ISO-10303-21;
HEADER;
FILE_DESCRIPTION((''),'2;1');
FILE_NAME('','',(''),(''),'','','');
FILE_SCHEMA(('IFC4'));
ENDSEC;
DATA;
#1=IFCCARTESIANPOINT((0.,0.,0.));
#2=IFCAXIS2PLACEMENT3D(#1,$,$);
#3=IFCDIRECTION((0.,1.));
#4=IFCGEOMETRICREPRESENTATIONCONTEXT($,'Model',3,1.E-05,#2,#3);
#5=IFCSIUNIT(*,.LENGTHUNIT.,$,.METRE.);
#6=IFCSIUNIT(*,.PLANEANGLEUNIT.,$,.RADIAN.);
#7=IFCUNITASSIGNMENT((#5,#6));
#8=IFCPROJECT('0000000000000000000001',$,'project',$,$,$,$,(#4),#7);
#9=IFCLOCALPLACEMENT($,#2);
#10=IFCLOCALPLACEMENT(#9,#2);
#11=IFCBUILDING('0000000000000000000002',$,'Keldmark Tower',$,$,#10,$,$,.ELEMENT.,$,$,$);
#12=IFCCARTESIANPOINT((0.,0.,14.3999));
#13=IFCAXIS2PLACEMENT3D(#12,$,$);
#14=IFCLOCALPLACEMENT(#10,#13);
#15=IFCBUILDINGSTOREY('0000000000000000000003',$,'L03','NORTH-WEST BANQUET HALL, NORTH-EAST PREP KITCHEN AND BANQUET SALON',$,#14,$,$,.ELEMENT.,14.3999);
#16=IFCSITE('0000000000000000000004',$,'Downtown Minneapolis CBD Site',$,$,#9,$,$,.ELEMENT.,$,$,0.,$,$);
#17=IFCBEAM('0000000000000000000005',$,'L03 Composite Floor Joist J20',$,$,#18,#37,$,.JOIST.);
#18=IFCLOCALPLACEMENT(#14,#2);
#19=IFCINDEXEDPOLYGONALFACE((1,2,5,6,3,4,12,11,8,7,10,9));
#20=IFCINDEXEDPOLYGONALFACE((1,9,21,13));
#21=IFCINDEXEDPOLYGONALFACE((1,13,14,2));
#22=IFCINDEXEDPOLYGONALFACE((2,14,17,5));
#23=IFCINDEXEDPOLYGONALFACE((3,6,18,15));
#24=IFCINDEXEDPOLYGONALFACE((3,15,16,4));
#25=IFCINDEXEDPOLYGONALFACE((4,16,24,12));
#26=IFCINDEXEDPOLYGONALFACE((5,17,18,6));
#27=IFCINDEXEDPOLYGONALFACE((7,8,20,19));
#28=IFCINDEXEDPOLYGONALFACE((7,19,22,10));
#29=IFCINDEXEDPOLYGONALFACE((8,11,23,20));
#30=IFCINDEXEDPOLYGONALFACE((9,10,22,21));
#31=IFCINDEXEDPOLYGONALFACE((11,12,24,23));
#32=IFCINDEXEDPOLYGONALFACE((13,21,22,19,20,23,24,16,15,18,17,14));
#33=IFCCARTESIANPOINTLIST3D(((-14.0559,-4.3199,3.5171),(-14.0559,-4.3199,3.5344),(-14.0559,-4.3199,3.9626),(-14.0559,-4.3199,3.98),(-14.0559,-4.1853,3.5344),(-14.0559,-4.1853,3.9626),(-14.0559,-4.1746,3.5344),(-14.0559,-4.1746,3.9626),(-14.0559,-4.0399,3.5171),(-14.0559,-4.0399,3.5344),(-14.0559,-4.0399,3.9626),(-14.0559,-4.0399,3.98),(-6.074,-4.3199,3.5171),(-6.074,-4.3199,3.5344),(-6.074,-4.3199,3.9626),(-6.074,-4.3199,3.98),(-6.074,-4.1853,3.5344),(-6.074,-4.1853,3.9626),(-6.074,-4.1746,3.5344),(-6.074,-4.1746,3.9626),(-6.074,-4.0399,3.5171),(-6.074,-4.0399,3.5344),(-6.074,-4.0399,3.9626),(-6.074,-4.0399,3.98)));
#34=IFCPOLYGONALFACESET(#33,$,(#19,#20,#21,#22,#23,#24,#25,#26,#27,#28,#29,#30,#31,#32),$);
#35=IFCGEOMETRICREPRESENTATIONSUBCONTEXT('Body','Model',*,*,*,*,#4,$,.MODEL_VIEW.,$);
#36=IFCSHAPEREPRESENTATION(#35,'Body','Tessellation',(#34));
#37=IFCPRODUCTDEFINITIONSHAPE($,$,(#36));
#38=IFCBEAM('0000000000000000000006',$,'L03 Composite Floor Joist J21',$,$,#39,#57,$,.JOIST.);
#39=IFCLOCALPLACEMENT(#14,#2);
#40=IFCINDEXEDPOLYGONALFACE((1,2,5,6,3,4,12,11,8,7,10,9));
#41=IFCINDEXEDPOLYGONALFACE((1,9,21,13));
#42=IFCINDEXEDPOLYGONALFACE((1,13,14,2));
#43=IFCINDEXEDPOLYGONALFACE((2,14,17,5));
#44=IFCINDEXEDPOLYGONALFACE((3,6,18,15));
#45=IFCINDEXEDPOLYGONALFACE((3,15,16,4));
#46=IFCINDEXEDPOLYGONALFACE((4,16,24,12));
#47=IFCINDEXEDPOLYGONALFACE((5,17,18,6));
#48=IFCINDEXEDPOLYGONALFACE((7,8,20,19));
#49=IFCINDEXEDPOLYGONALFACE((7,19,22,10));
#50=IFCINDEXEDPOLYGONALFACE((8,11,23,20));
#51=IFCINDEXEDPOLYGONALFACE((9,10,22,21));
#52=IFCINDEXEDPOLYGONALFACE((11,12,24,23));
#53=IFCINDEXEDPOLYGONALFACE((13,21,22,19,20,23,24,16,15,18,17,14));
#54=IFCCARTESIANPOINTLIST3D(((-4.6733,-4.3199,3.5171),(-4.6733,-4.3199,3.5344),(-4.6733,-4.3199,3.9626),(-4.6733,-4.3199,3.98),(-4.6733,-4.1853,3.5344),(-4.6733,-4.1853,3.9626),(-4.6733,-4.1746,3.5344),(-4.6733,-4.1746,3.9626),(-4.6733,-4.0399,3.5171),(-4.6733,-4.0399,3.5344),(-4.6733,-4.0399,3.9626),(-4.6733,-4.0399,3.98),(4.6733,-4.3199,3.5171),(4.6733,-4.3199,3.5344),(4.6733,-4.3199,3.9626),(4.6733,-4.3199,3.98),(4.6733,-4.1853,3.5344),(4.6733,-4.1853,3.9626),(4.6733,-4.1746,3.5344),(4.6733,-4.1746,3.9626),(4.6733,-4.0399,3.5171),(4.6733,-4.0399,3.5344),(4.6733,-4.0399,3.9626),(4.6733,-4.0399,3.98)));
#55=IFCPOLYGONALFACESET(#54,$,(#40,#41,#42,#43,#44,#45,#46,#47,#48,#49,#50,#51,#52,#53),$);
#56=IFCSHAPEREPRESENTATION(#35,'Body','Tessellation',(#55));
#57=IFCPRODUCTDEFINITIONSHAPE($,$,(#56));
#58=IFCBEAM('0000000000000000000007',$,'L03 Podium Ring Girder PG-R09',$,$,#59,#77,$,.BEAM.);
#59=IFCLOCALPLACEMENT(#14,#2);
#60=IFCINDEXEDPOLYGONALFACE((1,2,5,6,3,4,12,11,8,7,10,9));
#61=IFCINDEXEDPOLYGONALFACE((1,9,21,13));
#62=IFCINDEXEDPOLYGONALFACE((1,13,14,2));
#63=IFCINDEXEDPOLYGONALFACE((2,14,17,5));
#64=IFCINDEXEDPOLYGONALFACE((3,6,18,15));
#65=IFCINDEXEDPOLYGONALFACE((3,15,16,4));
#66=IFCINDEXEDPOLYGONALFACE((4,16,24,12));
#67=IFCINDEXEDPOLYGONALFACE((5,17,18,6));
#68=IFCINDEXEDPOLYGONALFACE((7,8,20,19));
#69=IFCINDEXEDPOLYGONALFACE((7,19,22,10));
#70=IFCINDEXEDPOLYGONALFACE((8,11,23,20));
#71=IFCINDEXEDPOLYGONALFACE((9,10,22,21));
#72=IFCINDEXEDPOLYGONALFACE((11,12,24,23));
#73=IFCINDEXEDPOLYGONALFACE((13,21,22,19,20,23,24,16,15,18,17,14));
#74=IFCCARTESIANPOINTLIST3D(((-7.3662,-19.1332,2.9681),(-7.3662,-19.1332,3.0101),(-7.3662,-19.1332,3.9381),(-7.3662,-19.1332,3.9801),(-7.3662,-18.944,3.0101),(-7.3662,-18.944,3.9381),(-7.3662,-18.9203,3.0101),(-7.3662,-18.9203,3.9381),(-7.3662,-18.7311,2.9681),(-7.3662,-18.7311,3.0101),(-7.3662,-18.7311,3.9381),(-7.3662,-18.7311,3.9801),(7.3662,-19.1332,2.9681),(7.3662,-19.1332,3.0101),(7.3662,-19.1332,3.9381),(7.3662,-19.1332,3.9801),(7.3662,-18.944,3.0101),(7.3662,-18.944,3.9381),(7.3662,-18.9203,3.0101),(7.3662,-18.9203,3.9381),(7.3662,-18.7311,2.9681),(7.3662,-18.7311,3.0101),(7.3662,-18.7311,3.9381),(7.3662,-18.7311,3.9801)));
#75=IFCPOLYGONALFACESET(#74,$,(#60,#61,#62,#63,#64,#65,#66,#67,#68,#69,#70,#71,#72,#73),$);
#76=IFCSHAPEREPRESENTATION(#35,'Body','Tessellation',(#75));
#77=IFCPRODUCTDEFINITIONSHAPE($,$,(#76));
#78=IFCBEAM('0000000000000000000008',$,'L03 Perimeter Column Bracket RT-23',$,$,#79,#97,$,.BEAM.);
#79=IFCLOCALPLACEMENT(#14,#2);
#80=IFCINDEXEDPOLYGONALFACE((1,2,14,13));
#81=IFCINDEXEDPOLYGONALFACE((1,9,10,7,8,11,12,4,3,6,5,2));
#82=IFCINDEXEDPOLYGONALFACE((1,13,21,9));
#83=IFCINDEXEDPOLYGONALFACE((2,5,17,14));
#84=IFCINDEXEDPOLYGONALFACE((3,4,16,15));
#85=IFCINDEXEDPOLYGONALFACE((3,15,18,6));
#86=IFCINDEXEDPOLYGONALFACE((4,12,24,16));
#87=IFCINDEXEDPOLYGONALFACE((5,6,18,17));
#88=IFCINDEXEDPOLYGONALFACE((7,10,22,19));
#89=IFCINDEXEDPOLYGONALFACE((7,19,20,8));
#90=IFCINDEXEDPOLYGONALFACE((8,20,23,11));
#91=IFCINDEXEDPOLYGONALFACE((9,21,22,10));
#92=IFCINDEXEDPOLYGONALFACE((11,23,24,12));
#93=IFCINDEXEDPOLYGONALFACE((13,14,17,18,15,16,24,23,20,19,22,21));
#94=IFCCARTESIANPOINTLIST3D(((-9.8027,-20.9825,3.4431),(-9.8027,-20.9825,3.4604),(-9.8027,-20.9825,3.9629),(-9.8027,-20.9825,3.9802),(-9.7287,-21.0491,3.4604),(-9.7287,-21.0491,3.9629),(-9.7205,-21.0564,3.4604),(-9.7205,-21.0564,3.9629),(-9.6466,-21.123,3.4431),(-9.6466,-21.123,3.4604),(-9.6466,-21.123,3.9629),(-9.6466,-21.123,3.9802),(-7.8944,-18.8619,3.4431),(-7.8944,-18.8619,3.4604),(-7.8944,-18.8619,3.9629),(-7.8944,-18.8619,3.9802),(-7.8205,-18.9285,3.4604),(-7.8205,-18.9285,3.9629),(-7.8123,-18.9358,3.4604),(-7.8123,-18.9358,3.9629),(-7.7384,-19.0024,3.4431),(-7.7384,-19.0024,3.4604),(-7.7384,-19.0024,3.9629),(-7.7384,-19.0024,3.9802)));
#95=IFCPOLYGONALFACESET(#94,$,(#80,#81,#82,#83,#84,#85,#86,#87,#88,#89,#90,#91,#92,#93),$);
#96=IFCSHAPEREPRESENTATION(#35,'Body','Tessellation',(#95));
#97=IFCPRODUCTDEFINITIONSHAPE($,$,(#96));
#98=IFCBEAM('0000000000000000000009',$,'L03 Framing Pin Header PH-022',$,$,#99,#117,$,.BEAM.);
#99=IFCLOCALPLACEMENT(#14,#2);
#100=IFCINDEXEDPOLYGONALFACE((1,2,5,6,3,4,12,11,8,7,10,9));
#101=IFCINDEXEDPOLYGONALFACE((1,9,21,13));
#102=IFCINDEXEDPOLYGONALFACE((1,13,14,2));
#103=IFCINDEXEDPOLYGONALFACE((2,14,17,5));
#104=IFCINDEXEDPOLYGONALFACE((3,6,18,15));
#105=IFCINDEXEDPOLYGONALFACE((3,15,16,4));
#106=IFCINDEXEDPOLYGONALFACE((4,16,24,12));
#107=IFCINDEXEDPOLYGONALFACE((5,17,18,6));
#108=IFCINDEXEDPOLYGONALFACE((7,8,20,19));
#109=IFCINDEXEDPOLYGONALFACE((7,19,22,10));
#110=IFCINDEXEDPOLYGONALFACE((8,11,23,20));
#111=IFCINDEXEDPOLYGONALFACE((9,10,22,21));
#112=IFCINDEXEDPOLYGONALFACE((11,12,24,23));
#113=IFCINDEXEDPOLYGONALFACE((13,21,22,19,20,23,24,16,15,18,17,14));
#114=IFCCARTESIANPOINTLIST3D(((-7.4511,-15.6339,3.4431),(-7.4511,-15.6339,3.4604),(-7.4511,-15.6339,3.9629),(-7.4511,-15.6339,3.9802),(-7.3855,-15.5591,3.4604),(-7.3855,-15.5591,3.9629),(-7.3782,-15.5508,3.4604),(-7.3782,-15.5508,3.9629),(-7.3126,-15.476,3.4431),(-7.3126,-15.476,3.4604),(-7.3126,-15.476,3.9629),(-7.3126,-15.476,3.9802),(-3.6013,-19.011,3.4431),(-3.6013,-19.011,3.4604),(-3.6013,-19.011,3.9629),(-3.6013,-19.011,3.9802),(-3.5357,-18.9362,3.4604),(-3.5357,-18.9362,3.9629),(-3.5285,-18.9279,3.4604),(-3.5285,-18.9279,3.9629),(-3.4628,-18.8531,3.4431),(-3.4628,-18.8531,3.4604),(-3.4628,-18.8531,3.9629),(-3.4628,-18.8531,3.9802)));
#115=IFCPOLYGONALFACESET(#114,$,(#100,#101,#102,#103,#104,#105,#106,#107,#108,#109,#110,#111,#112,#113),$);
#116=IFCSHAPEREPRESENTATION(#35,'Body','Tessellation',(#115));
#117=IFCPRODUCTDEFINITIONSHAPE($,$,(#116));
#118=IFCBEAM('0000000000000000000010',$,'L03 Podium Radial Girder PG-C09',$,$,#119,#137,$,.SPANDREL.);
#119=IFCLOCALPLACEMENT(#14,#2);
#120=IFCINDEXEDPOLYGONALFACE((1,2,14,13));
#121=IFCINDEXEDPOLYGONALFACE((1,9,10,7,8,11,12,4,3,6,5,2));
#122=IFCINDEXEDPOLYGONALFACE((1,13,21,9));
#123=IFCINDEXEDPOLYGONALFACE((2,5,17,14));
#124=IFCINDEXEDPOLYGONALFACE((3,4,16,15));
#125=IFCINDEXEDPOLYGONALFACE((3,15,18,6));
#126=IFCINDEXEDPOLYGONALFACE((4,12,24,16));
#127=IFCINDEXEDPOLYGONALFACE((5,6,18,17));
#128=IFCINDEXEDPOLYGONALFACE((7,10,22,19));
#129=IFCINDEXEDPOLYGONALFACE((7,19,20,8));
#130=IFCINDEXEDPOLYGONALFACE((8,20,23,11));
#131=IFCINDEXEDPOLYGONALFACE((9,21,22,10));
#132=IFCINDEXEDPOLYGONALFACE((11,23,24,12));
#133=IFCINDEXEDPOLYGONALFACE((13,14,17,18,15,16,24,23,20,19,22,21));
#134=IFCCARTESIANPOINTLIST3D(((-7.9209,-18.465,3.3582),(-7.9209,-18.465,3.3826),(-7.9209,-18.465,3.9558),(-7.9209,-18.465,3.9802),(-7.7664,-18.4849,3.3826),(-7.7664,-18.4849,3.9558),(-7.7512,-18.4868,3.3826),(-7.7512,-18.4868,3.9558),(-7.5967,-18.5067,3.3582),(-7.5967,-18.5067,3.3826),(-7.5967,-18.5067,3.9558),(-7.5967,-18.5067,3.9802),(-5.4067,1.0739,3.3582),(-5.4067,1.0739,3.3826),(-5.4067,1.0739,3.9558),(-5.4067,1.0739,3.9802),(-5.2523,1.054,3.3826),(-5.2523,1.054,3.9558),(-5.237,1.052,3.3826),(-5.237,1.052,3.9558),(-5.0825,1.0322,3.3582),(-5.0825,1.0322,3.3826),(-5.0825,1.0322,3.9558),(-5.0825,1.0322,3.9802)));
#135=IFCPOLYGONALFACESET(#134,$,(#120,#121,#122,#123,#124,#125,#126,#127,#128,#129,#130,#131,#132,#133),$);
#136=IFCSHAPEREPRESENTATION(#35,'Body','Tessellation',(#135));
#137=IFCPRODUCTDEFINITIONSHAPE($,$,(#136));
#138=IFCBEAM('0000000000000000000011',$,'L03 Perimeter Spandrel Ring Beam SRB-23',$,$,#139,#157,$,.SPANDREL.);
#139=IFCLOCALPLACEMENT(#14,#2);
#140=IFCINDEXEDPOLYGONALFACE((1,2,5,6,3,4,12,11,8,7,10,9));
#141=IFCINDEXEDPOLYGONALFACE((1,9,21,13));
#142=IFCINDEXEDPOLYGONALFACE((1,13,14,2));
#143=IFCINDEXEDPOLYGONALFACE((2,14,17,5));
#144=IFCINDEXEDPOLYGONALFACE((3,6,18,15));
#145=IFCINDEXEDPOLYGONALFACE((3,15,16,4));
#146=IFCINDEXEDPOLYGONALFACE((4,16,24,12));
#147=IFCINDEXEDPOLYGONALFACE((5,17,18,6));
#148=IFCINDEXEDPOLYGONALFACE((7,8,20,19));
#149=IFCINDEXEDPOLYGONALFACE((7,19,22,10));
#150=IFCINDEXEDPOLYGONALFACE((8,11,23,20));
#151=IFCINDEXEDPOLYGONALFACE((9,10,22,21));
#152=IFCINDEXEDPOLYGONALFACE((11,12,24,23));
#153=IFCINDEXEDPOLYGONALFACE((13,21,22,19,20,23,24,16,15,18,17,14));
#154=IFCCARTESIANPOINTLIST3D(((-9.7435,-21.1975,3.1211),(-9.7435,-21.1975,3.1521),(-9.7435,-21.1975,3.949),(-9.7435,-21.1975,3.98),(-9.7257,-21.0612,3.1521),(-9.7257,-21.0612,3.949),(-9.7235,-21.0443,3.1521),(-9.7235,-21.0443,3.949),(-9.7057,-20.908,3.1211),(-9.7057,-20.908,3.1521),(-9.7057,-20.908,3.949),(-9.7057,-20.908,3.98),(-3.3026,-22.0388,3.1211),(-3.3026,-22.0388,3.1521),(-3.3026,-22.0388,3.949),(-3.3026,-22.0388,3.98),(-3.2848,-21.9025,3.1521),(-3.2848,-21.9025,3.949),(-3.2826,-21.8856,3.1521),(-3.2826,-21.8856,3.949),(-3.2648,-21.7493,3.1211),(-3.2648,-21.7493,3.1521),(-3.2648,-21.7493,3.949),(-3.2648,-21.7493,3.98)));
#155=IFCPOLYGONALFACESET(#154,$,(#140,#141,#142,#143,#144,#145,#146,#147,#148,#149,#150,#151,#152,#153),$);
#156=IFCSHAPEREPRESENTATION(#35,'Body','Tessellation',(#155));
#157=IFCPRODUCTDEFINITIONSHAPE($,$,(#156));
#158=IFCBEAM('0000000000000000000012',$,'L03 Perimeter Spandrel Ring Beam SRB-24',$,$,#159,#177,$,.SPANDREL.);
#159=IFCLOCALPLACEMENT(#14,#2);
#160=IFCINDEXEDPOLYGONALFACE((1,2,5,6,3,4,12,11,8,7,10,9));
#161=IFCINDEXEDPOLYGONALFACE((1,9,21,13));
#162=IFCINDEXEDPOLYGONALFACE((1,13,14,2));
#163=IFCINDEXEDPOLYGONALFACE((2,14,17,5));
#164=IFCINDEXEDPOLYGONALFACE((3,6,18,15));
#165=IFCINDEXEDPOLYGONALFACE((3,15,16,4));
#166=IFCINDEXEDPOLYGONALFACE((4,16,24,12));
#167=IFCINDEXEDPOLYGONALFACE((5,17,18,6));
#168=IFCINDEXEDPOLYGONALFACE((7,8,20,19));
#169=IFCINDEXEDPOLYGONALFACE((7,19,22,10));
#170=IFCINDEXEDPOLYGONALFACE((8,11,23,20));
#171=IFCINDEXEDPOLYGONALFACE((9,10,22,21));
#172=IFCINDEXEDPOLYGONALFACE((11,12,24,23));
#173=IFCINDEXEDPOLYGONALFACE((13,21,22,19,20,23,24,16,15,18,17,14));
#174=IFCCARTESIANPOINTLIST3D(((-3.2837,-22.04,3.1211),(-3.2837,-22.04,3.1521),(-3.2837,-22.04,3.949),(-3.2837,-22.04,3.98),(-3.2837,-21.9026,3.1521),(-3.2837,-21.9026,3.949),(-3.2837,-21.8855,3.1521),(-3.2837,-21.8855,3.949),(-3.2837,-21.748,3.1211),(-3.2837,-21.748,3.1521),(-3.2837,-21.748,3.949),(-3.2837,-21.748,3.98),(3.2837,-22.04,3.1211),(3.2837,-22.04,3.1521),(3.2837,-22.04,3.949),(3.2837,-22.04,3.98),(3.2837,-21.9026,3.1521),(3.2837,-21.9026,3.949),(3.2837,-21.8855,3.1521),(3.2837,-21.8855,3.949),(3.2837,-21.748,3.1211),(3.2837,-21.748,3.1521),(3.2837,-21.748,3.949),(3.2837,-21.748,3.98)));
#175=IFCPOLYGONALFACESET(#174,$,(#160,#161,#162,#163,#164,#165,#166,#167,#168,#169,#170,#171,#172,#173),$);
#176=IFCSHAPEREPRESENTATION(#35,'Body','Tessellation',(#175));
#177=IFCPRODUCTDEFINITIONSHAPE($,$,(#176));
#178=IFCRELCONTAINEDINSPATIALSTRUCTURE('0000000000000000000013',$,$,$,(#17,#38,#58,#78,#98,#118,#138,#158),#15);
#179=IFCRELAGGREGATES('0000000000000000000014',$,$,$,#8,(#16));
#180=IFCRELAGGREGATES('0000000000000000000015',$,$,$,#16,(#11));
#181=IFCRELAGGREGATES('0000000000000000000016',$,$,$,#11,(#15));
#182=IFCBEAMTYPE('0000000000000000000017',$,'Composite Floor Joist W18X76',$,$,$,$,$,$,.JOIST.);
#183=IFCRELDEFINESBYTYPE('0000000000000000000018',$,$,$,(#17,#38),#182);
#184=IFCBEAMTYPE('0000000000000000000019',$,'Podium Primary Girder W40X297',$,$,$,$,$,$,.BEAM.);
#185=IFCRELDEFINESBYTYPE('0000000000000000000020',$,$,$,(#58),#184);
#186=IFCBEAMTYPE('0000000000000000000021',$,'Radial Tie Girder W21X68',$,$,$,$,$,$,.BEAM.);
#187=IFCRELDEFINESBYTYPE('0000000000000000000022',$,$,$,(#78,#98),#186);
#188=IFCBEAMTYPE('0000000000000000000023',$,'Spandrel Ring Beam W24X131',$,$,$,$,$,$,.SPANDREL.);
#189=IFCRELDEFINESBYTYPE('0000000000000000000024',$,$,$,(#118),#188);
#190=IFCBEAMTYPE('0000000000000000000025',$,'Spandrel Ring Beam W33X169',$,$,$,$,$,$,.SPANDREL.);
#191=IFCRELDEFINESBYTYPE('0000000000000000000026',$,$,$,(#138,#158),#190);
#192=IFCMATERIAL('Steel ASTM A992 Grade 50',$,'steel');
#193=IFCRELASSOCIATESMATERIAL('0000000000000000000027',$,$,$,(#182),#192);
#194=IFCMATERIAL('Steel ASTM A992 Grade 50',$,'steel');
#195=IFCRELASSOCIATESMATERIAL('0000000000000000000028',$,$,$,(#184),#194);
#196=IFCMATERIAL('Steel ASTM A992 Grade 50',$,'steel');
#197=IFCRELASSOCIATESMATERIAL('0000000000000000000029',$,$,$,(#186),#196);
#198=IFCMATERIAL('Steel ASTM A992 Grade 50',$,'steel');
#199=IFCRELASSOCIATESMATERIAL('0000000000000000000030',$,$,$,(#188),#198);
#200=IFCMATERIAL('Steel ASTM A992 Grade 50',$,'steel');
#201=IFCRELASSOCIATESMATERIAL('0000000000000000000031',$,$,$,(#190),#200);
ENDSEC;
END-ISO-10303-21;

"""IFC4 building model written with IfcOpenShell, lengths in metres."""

from ifc_helpers import new_model, si_unit, direction, frame, origin, origin_2d, place, context, subcontext, project, spatial, i_section, extrude, material, material_profile, profile_set, type_object, element, save


model = new_model("IFC4")

# Units and contexts
model_context = context("Model", 3, precision=1e-05, world=origin(), true_north=direction((0.0, 1.0)))
body_context = subcontext(model_context, "Body", "Model", "MODEL_VIEW")
ifc_project = project(units=[si_unit("LENGTHUNIT", "METRE"), si_unit("PLANEANGLEUNIT", "RADIAN")], contexts=[model_context])

# Site, building, storey
site_placement = place(None, origin())
site = spatial("IfcSite", under=ifc_project, at=site_placement, Name="Downtown Minneapolis CBD Site", CompositionType="ELEMENT", RefElevation=0.0)
building_placement = place(site_placement, origin())
building = spatial("IfcBuilding", under=site, at=building_placement, Name="Keldmark Tower", CompositionType="ELEMENT")
storey_placement = place(building_placement, frame((0.0, 0.0, 14.3999)))
storey = spatial("IfcBuildingStorey", under=building, at=storey_placement, Name="L03", Description="NORTH-WEST BANQUET HALL, NORTH-EAST PREP KITCHEN AND BANQUET SALON", CompositionType="ELEMENT", Elevation=14.3999)

# Beams
ifc_material_1 = material(Name="Steel ASTM A992 Grade 50", Category="steel")
ifc_material_profile_1 = material_profile(ifc_material_1, i_section(OverallWidth=0.28, OverallDepth=0.4629, WebThickness=0.0107, FlangeThickness=0.0173, at=origin_2d()), Name="W18X76")
ifc_profile_set_1 = profile_set([ifc_material_profile_1], Name="Steel ASTM A992 Grade 50")
beam_type_1 = type_object("IfcBeamType", Name="Composite Floor Joist W18X76", PredefinedType="JOIST", material=ifc_profile_set_1)
beam_1_placement = place(storey_placement, frame((-14.0559, -4.1799, 3.7485), z_axis=(1.0, 0.0, 0.0), x_axis=(0.0, 1.0, 0.0)))
element("IfcBeam", 1, at=beam_1_placement, inside=storey, type_object=beam_type_1, Name="L03 Composite Floor Joist J20", PredefinedType="JOIST", context=body_context, shape_type="SweptSolid", body=[
    extrude(i_section(OverallWidth=0.28, OverallDepth=0.4629, WebThickness=0.0107, FlangeThickness=0.0173, at=origin_2d()), origin(), (0.0, 0.0, 1.0), 7.9819),
])
beam_2_placement = place(storey_placement, frame((-4.6733, -4.1799, 3.7485), z_axis=(1.0, 0.0, 0.0), x_axis=(0.0, 1.0, 0.0)))
element("IfcBeam", 2, at=beam_2_placement, inside=storey, type_object=beam_type_1, Name="L03 Composite Floor Joist J21", PredefinedType="JOIST", context=body_context, shape_type="SweptSolid", body=[
    extrude(i_section(OverallWidth=0.28, OverallDepth=0.4629, WebThickness=0.0107, FlangeThickness=0.0173, at=origin_2d()), origin(), (0.0, 0.0, 1.0), 9.3467),
])
ifc_material_2 = material(Name="Steel ASTM A992 Grade 50", Category="steel")
ifc_material_profile_2 = material_profile(ifc_material_2, i_section(OverallWidth=0.4021, OverallDepth=1.012, WebThickness=0.0237, FlangeThickness=0.042, at=origin_2d()), Name="W40X297")
ifc_profile_set_2 = profile_set([ifc_material_profile_2], Name="Steel ASTM A992 Grade 50")
beam_type_2 = type_object("IfcBeamType", Name="Podium Primary Girder W40X297", PredefinedType="BEAM", material=ifc_profile_set_2)
beam_3_placement = place(storey_placement, frame((-7.3662, -18.9321, 3.4741), z_axis=(1.0, 0.0, 0.0), x_axis=(0.0, 1.0, 0.0)))
element("IfcBeam", 3, at=beam_3_placement, inside=storey, type_object=beam_type_2, Name="L03 Podium Ring Girder PG-R09", PredefinedType="BEAM", context=body_context, shape_type="SweptSolid", body=[
    extrude(i_section(OverallWidth=0.4021, OverallDepth=1.012, WebThickness=0.0237, FlangeThickness=0.042, at=origin_2d()), origin(), (0.0, 0.0, 1.0), 14.7324),
])
ifc_material_3 = material(Name="Steel ASTM A992 Grade 50", Category="steel")
ifc_material_profile_3 = material_profile(ifc_material_3, i_section(OverallWidth=0.21, OverallDepth=0.5371, WebThickness=0.011, FlangeThickness=0.0173, at=origin_2d()), Name="W21X68")
ifc_profile_set_3 = profile_set([ifc_material_profile_3], Name="Steel ASTM A992 Grade 50")
beam_type_3 = type_object("IfcBeamType", Name="Radial Tie Girder W21X68", PredefinedType="BEAM", material=ifc_profile_set_3)
beam_4_placement = place(storey_placement, frame((-7.8164, -18.9321, 3.7117), z_axis=(-0.668899, -0.743354, 0.0), x_axis=(0.743354, -0.668899, 0.0)))
element("IfcBeam", 4, at=beam_4_placement, inside=storey, type_object=beam_type_3, Name="L03 Perimeter Column Bracket RT-23", PredefinedType="BEAM", context=body_context, shape_type="SweptSolid", body=[
    extrude(i_section(OverallWidth=0.21, OverallDepth=0.5371, WebThickness=0.011, FlangeThickness=0.0173, at=origin_2d()), origin(), (0.0, 0.0, 1.0), 2.8528),
])
beam_5_placement = place(storey_placement, frame((-7.3818, -15.5549, 3.7117), z_axis=(0.751746, -0.659452, 0.0), x_axis=(0.659452, 0.751746, 0.0)))
element("IfcBeam", 5, at=beam_5_placement, inside=storey, type_object=beam_type_3, Name="L03 Framing Pin Header PH-022", PredefinedType="BEAM", context=body_context, shape_type="SweptSolid", body=[
    extrude(i_section(OverallWidth=0.21, OverallDepth=0.5371, WebThickness=0.011, FlangeThickness=0.0173, at=origin_2d()), origin(), (0.0, 0.0, 1.0), 5.1211),
])
ifc_material_4 = material(Name="Steel ASTM A992 Grade 50", Category="steel")
ifc_material_profile_4 = material_profile(ifc_material_4, i_section(OverallWidth=0.3269, OverallDepth=0.6221, WebThickness=0.0154, FlangeThickness=0.0244, at=origin_2d()), Name="W24X131")
ifc_profile_set_4 = profile_set([ifc_material_profile_4], Name="Steel ASTM A992 Grade 50")
beam_type_4 = type_object("IfcBeamType", Name="Spandrel Ring Beam W24X131", PredefinedType="SPANDREL", material=ifc_profile_set_4)
beam_6_placement = place(storey_placement, frame((-7.7588, -18.4858, 3.6692), z_axis=(0.127623, 0.991823, 0.0), x_axis=(-0.991823, 0.127623, 0.0)))
element("IfcBeam", 6, at=beam_6_placement, inside=storey, type_object=beam_type_4, Name="L03 Podium Radial Girder PG-C09", PredefinedType="SPANDREL", context=body_context, shape_type="SweptSolid", body=[
    extrude(i_section(OverallWidth=0.3269, OverallDepth=0.6221, WebThickness=0.0154, FlangeThickness=0.0244, at=origin_2d()), origin(), (0.0, 0.0, 1.0), 19.7),
])
ifc_material_5 = material(Name="Steel ASTM A992 Grade 50", Category="steel")
ifc_material_profile_5 = material_profile(ifc_material_5, i_section(OverallWidth=0.292, OverallDepth=0.8589, WebThickness=0.0171, FlangeThickness=0.031, at=origin_2d()), Name="W33X169")
ifc_profile_set_5 = profile_set([ifc_material_profile_5], Name="Steel ASTM A992 Grade 50")
beam_type_5 = type_object("IfcBeamType", Name="Spandrel Ring Beam W33X169", PredefinedType="SPANDREL", material=ifc_profile_set_5)
beam_7_placement = place(storey_placement, frame((-9.7246, -21.0527, 3.5505), z_axis=(0.991577, -0.129519, 0.0), x_axis=(0.129519, 0.991577, 0.0)))
element("IfcBeam", 7, at=beam_7_placement, inside=storey, type_object=beam_type_5, Name="L03 Perimeter Spandrel Ring Beam SRB-23", PredefinedType="SPANDREL", context=body_context, shape_type="SweptSolid", body=[
    extrude(i_section(OverallWidth=0.292, OverallDepth=0.8589, WebThickness=0.0171, FlangeThickness=0.031, at=origin_2d()), origin(), (0.0, 0.0, 1.0), 6.4956),
])
beam_8_placement = place(storey_placement, frame((-3.2837, -21.894, 3.5505), z_axis=(1.0, 0.0, 0.0), x_axis=(0.0, 1.0, 0.0)))
element("IfcBeam", 8, at=beam_8_placement, inside=storey, type_object=beam_type_5, Name="L03 Perimeter Spandrel Ring Beam SRB-24", PredefinedType="SPANDREL", context=body_context, shape_type="SweptSolid", body=[
    extrude(i_section(OverallWidth=0.292, OverallDepth=0.8589, WebThickness=0.0171, FlangeThickness=0.031, at=origin_2d()), origin(), (0.0, 0.0, 1.0), 6.5674),
])

save(model, "model.ifc")
